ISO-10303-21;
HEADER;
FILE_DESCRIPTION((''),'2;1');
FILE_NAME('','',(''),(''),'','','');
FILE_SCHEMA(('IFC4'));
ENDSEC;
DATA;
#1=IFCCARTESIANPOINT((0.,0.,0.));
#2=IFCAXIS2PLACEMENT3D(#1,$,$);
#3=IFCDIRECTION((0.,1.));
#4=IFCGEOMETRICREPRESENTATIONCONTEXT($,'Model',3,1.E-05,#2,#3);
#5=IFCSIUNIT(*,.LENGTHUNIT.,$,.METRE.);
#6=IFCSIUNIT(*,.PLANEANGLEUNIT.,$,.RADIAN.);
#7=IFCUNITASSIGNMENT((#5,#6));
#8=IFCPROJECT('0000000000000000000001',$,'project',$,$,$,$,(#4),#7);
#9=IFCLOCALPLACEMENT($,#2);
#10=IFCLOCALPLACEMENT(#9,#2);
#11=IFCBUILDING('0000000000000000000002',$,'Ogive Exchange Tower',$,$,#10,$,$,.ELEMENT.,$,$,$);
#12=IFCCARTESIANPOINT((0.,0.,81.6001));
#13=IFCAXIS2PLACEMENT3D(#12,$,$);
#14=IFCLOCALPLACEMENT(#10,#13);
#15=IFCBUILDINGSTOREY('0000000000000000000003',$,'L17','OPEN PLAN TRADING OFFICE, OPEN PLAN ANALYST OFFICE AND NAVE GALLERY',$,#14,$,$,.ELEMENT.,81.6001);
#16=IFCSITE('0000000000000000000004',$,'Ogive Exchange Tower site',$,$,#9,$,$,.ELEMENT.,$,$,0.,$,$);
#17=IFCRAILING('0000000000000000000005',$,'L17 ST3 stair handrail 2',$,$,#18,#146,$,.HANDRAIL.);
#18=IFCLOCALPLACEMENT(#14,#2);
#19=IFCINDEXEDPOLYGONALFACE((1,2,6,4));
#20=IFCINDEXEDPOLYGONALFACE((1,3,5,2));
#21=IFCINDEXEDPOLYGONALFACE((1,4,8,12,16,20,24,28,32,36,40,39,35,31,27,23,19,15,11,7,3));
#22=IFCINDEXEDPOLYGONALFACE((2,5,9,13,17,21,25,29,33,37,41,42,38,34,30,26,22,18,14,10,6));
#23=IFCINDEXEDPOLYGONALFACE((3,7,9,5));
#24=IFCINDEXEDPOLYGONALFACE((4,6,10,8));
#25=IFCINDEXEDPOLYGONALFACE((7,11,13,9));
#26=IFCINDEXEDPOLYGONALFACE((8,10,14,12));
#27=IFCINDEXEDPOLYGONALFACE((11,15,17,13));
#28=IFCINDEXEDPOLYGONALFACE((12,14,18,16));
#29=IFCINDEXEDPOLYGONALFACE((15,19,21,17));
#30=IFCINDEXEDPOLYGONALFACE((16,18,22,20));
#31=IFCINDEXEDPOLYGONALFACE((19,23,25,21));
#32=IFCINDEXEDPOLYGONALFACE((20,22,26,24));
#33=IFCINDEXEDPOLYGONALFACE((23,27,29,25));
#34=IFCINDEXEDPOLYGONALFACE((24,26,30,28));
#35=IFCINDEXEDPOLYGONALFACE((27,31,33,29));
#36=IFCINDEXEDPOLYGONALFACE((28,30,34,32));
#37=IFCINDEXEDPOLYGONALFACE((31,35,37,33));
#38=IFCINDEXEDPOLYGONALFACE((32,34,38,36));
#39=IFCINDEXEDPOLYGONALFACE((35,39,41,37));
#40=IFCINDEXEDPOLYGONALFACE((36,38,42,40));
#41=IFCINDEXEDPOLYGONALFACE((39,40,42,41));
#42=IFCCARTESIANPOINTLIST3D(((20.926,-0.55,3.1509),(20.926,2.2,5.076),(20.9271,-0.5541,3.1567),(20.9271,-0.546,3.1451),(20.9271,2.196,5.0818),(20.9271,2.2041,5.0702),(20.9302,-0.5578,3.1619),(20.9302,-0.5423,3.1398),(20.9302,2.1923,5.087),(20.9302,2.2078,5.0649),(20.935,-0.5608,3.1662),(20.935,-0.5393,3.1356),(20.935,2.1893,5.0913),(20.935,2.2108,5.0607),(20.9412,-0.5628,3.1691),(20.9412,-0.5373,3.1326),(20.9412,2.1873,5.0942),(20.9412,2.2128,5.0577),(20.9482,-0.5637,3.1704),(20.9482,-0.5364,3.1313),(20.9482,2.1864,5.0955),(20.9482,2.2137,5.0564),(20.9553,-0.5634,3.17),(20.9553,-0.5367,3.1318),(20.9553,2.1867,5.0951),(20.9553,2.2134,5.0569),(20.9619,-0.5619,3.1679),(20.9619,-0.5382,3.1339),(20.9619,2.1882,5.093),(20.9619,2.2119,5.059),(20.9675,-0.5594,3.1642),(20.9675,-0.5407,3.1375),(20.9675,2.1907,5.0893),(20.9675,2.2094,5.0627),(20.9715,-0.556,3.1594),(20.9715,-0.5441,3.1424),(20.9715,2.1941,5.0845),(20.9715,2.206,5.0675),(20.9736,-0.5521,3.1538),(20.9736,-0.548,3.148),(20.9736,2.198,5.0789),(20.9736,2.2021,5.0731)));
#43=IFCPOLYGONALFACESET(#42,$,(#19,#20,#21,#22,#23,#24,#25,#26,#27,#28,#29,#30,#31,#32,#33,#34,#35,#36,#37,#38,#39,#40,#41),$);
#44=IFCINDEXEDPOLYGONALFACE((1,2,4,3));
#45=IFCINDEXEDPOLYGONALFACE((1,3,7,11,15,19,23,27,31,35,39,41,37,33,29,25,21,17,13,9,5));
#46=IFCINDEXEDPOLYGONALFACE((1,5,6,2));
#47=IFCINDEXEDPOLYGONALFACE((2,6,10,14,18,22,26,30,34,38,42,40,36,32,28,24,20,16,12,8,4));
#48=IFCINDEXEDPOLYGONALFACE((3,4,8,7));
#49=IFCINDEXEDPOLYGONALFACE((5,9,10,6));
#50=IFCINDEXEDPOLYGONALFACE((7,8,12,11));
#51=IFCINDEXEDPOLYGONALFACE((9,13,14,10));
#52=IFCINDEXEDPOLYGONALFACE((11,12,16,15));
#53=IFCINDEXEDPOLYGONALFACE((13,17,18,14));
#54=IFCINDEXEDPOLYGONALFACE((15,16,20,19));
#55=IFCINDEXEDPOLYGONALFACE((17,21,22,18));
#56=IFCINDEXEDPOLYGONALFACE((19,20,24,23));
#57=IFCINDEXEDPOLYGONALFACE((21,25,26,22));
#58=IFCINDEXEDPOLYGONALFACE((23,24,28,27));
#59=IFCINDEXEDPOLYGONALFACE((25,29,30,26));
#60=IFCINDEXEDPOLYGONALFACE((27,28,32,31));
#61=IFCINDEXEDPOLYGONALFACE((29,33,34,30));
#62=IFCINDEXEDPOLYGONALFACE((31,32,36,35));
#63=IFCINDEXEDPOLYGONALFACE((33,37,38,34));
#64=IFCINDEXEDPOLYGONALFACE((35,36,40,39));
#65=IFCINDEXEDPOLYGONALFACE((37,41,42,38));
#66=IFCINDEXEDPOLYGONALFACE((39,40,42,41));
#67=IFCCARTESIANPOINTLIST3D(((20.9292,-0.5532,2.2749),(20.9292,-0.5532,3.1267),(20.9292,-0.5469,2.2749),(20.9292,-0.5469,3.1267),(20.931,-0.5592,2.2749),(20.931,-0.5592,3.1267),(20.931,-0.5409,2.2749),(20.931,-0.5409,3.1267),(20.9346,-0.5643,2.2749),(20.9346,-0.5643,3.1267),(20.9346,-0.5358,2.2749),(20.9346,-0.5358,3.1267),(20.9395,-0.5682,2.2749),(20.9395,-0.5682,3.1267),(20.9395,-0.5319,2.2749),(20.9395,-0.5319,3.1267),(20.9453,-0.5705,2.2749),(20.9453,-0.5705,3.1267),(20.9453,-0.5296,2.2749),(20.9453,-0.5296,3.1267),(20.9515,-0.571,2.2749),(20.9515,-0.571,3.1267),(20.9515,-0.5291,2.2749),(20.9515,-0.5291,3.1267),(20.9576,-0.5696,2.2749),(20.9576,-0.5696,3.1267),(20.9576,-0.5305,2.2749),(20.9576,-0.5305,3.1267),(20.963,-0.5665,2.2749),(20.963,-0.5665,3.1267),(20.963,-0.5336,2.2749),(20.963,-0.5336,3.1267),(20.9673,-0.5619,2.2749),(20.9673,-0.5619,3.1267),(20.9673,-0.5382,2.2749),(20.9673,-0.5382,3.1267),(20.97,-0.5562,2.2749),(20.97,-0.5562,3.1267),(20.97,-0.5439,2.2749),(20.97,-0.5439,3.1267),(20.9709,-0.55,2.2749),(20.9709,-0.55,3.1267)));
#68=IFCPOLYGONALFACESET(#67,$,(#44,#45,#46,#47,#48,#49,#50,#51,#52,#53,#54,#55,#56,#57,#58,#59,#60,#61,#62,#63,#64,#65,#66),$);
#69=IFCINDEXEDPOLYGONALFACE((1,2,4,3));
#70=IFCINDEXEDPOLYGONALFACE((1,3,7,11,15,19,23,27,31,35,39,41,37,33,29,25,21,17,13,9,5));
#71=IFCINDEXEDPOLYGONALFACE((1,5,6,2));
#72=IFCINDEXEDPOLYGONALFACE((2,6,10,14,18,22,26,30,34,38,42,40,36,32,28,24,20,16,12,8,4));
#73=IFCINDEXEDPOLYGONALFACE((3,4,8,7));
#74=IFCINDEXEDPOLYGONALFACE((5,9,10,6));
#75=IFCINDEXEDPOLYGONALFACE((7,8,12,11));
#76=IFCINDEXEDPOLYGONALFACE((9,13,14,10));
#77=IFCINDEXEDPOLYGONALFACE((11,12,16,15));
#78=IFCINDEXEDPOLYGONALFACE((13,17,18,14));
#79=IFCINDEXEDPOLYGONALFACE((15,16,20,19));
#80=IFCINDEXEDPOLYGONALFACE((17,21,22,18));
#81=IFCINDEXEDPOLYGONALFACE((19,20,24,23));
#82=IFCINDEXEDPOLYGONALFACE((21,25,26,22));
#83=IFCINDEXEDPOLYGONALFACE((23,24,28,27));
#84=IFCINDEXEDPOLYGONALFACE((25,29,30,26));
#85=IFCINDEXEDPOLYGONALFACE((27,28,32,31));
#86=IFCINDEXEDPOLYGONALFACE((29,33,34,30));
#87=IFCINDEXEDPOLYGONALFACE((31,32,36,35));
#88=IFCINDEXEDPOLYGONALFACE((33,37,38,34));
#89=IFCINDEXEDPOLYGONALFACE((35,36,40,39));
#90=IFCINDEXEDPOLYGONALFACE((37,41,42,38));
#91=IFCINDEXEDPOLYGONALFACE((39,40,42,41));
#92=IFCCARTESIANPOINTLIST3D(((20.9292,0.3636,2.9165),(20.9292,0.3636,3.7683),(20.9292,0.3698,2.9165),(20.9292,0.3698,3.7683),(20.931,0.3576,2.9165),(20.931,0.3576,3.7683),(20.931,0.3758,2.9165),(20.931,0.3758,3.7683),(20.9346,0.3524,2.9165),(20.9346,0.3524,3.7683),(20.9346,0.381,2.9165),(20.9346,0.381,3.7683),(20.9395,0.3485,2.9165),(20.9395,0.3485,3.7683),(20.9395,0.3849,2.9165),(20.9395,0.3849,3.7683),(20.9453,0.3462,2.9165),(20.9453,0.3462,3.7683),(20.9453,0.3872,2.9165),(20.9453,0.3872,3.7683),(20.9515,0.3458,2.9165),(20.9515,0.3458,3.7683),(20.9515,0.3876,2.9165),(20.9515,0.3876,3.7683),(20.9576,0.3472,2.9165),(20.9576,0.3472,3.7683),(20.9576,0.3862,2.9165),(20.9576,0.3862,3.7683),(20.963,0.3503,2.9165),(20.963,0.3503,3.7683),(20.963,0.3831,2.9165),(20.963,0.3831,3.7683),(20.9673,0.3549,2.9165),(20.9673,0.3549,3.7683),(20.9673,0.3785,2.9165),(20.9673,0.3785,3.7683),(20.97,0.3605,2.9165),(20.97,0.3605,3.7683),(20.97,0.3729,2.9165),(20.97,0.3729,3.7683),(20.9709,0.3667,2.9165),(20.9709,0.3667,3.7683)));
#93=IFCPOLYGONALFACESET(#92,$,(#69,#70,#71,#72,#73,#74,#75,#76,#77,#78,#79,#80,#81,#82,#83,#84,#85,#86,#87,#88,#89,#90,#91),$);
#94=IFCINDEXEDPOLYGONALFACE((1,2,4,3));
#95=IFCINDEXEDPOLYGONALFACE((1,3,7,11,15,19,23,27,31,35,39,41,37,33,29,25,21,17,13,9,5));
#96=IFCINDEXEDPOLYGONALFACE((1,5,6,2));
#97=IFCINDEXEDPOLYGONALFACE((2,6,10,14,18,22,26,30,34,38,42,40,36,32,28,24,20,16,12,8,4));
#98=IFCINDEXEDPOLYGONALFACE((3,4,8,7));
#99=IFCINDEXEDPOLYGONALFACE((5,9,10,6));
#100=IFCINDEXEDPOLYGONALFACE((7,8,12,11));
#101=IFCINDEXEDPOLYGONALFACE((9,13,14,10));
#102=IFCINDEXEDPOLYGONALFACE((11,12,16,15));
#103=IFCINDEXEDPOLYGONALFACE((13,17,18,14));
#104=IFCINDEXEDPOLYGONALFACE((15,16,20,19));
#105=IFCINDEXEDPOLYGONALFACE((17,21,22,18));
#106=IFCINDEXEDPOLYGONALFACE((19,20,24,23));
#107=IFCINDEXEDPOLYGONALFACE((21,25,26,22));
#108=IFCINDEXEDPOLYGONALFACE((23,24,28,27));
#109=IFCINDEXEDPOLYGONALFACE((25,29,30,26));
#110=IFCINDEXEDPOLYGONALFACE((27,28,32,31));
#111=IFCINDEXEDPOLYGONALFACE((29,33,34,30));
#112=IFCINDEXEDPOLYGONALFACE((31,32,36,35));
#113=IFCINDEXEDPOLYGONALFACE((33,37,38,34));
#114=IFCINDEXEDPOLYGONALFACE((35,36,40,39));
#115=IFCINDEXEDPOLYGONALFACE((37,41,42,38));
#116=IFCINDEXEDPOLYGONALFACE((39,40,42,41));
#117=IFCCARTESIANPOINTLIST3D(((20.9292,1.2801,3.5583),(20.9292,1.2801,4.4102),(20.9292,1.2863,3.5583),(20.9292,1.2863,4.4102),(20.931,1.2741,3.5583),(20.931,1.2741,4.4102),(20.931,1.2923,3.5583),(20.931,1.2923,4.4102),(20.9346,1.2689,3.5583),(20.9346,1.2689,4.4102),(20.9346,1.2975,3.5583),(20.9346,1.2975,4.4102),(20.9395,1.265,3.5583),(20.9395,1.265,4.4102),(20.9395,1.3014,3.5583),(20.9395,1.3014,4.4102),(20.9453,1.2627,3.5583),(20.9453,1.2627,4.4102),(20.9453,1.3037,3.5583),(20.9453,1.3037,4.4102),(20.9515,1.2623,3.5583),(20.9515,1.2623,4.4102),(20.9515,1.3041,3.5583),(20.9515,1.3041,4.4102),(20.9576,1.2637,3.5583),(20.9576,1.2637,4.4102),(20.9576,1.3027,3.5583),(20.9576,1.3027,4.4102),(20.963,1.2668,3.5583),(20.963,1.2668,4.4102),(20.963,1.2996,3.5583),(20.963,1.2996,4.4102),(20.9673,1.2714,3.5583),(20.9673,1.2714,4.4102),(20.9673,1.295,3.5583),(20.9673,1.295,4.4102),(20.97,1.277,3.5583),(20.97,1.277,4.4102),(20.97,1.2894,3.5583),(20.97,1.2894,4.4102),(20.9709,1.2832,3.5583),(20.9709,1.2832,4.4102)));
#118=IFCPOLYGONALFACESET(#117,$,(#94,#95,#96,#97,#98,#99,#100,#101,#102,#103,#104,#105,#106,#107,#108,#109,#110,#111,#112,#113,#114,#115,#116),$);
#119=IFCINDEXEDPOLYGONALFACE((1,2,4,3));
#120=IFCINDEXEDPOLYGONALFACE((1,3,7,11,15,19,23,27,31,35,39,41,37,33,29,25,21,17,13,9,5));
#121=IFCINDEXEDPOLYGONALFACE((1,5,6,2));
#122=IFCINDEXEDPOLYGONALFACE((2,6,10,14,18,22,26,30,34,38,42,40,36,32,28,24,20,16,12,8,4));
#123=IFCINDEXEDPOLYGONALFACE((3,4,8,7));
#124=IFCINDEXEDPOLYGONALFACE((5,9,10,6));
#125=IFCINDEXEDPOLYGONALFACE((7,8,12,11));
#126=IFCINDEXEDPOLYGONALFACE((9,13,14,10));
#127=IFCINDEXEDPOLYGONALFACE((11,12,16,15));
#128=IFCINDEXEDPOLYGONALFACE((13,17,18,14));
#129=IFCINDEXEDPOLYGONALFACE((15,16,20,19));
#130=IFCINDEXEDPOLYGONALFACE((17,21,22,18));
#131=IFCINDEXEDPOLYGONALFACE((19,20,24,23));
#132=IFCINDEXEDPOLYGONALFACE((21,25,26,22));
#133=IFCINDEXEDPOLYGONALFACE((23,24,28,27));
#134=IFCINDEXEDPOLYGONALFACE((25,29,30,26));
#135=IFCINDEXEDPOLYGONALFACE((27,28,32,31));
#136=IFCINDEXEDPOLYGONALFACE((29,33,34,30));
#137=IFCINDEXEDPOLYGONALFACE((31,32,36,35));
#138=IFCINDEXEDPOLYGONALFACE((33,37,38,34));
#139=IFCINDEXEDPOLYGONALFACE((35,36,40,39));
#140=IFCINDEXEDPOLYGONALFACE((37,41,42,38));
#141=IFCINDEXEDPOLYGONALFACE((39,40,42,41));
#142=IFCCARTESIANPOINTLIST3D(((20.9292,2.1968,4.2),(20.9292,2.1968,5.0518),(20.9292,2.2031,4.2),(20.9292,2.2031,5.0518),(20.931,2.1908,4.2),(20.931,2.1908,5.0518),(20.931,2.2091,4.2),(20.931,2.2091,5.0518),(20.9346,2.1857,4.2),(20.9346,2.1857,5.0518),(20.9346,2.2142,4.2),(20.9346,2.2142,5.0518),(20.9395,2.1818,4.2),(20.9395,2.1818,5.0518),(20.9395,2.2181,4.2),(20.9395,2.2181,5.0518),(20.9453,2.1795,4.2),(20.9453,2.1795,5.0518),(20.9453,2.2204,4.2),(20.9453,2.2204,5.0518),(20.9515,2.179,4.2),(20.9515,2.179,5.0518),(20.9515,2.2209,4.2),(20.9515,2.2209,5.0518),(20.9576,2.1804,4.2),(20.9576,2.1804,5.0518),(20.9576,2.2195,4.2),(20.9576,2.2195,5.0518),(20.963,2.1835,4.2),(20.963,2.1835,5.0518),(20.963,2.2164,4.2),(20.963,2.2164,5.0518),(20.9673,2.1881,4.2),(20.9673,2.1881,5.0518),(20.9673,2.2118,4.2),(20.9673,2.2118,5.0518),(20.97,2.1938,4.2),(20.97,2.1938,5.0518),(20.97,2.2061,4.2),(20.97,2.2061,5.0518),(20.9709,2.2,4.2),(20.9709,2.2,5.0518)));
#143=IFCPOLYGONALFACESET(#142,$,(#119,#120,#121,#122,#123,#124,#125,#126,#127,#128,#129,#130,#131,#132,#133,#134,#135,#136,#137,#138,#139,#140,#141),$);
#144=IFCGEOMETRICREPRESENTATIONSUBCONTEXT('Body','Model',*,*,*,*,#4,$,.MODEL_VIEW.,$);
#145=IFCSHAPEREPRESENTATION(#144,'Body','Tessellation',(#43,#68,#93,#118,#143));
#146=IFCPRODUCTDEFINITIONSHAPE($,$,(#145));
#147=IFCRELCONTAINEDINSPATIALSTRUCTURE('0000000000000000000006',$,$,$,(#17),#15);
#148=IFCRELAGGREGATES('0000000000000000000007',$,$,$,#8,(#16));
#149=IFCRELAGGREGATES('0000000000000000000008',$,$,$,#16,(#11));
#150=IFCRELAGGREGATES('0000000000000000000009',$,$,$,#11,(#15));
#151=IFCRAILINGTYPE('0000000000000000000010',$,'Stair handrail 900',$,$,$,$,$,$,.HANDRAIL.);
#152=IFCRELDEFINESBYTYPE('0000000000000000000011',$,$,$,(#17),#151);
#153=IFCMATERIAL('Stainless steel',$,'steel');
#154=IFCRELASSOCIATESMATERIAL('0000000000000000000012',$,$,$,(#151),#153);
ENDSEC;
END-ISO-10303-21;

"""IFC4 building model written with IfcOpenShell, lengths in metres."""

from ifc_helpers import new_model, si_unit, direction, frame, origin, origin_2d, place, context, subcontext, project, spatial, circle, extrude, material, type_object, element, save


model = new_model("IFC4")

# Units and contexts
model_context = context("Model", 3, precision=1e-05, world=origin(), true_north=direction((0.0, 1.0)))
body_context = subcontext(model_context, "Body", "Model", "MODEL_VIEW")
ifc_project = project(units=[si_unit("LENGTHUNIT", "METRE"), si_unit("PLANEANGLEUNIT", "RADIAN")], contexts=[model_context])

# Site, building, storey
site_placement = place(None, origin())
site = spatial("IfcSite", under=ifc_project, at=site_placement, Name="Ogive Exchange Tower site", CompositionType="ELEMENT", RefElevation=0.0)
building_placement = place(site_placement, origin())
building = spatial("IfcBuilding", under=site, at=building_placement, Name="Ogive Exchange Tower", CompositionType="ELEMENT")
storey_placement = place(building_placement, frame((0.0, 0.0, 81.6001)))
storey = spatial("IfcBuildingStorey", under=building, at=storey_placement, Name="L17", Description="OPEN PLAN TRADING OFFICE, OPEN PLAN ANALYST OFFICE AND NAVE GALLERY", CompositionType="ELEMENT", Elevation=81.6001)

# Railing
ifc_material_1 = material(Name="Stainless steel", Category="steel")
railing_type = type_object("IfcRailingType", Name="Stair handrail 900", PredefinedType="HANDRAIL", material=ifc_material_1)
railing_placement = place(storey_placement, frame((20.95, -0.55, 2.2749)))
element("IfcRailing", 1, at=railing_placement, inside=storey, type_object=railing_type, Name="L17 ST3 stair handrail 2", PredefinedType="HANDRAIL", context=body_context, shape_type="SweptSolid", body=[
    extrude(circle(Radius=0.0239, at=origin_2d()), frame((0.0, 0.0, 0.876), z_axis=(0.0, 0.819225, 0.573472), x_axis=(-1.0, 0.0, 0.0)), (0.0, 0.0, 1.0), 3.3569),
    extrude(circle(Radius=0.021, at=origin_2d()), origin(), (0.0, 0.0, 1.0), 0.8518),
    extrude(circle(Radius=0.021, at=origin_2d()), frame((0.0, 0.9167, 0.6416)), (0.0, 0.0, 1.0), 0.8518),
    extrude(circle(Radius=0.021, at=origin_2d()), frame((0.0, 1.8333, 1.2834)), (0.0, 0.0, 1.0), 0.8518),
    extrude(circle(Radius=0.021, at=origin_2d()), frame((0.0, 2.75, 1.925)), (0.0, 0.0, 1.0), 0.8518),
])

save(model, "model.ifc")
